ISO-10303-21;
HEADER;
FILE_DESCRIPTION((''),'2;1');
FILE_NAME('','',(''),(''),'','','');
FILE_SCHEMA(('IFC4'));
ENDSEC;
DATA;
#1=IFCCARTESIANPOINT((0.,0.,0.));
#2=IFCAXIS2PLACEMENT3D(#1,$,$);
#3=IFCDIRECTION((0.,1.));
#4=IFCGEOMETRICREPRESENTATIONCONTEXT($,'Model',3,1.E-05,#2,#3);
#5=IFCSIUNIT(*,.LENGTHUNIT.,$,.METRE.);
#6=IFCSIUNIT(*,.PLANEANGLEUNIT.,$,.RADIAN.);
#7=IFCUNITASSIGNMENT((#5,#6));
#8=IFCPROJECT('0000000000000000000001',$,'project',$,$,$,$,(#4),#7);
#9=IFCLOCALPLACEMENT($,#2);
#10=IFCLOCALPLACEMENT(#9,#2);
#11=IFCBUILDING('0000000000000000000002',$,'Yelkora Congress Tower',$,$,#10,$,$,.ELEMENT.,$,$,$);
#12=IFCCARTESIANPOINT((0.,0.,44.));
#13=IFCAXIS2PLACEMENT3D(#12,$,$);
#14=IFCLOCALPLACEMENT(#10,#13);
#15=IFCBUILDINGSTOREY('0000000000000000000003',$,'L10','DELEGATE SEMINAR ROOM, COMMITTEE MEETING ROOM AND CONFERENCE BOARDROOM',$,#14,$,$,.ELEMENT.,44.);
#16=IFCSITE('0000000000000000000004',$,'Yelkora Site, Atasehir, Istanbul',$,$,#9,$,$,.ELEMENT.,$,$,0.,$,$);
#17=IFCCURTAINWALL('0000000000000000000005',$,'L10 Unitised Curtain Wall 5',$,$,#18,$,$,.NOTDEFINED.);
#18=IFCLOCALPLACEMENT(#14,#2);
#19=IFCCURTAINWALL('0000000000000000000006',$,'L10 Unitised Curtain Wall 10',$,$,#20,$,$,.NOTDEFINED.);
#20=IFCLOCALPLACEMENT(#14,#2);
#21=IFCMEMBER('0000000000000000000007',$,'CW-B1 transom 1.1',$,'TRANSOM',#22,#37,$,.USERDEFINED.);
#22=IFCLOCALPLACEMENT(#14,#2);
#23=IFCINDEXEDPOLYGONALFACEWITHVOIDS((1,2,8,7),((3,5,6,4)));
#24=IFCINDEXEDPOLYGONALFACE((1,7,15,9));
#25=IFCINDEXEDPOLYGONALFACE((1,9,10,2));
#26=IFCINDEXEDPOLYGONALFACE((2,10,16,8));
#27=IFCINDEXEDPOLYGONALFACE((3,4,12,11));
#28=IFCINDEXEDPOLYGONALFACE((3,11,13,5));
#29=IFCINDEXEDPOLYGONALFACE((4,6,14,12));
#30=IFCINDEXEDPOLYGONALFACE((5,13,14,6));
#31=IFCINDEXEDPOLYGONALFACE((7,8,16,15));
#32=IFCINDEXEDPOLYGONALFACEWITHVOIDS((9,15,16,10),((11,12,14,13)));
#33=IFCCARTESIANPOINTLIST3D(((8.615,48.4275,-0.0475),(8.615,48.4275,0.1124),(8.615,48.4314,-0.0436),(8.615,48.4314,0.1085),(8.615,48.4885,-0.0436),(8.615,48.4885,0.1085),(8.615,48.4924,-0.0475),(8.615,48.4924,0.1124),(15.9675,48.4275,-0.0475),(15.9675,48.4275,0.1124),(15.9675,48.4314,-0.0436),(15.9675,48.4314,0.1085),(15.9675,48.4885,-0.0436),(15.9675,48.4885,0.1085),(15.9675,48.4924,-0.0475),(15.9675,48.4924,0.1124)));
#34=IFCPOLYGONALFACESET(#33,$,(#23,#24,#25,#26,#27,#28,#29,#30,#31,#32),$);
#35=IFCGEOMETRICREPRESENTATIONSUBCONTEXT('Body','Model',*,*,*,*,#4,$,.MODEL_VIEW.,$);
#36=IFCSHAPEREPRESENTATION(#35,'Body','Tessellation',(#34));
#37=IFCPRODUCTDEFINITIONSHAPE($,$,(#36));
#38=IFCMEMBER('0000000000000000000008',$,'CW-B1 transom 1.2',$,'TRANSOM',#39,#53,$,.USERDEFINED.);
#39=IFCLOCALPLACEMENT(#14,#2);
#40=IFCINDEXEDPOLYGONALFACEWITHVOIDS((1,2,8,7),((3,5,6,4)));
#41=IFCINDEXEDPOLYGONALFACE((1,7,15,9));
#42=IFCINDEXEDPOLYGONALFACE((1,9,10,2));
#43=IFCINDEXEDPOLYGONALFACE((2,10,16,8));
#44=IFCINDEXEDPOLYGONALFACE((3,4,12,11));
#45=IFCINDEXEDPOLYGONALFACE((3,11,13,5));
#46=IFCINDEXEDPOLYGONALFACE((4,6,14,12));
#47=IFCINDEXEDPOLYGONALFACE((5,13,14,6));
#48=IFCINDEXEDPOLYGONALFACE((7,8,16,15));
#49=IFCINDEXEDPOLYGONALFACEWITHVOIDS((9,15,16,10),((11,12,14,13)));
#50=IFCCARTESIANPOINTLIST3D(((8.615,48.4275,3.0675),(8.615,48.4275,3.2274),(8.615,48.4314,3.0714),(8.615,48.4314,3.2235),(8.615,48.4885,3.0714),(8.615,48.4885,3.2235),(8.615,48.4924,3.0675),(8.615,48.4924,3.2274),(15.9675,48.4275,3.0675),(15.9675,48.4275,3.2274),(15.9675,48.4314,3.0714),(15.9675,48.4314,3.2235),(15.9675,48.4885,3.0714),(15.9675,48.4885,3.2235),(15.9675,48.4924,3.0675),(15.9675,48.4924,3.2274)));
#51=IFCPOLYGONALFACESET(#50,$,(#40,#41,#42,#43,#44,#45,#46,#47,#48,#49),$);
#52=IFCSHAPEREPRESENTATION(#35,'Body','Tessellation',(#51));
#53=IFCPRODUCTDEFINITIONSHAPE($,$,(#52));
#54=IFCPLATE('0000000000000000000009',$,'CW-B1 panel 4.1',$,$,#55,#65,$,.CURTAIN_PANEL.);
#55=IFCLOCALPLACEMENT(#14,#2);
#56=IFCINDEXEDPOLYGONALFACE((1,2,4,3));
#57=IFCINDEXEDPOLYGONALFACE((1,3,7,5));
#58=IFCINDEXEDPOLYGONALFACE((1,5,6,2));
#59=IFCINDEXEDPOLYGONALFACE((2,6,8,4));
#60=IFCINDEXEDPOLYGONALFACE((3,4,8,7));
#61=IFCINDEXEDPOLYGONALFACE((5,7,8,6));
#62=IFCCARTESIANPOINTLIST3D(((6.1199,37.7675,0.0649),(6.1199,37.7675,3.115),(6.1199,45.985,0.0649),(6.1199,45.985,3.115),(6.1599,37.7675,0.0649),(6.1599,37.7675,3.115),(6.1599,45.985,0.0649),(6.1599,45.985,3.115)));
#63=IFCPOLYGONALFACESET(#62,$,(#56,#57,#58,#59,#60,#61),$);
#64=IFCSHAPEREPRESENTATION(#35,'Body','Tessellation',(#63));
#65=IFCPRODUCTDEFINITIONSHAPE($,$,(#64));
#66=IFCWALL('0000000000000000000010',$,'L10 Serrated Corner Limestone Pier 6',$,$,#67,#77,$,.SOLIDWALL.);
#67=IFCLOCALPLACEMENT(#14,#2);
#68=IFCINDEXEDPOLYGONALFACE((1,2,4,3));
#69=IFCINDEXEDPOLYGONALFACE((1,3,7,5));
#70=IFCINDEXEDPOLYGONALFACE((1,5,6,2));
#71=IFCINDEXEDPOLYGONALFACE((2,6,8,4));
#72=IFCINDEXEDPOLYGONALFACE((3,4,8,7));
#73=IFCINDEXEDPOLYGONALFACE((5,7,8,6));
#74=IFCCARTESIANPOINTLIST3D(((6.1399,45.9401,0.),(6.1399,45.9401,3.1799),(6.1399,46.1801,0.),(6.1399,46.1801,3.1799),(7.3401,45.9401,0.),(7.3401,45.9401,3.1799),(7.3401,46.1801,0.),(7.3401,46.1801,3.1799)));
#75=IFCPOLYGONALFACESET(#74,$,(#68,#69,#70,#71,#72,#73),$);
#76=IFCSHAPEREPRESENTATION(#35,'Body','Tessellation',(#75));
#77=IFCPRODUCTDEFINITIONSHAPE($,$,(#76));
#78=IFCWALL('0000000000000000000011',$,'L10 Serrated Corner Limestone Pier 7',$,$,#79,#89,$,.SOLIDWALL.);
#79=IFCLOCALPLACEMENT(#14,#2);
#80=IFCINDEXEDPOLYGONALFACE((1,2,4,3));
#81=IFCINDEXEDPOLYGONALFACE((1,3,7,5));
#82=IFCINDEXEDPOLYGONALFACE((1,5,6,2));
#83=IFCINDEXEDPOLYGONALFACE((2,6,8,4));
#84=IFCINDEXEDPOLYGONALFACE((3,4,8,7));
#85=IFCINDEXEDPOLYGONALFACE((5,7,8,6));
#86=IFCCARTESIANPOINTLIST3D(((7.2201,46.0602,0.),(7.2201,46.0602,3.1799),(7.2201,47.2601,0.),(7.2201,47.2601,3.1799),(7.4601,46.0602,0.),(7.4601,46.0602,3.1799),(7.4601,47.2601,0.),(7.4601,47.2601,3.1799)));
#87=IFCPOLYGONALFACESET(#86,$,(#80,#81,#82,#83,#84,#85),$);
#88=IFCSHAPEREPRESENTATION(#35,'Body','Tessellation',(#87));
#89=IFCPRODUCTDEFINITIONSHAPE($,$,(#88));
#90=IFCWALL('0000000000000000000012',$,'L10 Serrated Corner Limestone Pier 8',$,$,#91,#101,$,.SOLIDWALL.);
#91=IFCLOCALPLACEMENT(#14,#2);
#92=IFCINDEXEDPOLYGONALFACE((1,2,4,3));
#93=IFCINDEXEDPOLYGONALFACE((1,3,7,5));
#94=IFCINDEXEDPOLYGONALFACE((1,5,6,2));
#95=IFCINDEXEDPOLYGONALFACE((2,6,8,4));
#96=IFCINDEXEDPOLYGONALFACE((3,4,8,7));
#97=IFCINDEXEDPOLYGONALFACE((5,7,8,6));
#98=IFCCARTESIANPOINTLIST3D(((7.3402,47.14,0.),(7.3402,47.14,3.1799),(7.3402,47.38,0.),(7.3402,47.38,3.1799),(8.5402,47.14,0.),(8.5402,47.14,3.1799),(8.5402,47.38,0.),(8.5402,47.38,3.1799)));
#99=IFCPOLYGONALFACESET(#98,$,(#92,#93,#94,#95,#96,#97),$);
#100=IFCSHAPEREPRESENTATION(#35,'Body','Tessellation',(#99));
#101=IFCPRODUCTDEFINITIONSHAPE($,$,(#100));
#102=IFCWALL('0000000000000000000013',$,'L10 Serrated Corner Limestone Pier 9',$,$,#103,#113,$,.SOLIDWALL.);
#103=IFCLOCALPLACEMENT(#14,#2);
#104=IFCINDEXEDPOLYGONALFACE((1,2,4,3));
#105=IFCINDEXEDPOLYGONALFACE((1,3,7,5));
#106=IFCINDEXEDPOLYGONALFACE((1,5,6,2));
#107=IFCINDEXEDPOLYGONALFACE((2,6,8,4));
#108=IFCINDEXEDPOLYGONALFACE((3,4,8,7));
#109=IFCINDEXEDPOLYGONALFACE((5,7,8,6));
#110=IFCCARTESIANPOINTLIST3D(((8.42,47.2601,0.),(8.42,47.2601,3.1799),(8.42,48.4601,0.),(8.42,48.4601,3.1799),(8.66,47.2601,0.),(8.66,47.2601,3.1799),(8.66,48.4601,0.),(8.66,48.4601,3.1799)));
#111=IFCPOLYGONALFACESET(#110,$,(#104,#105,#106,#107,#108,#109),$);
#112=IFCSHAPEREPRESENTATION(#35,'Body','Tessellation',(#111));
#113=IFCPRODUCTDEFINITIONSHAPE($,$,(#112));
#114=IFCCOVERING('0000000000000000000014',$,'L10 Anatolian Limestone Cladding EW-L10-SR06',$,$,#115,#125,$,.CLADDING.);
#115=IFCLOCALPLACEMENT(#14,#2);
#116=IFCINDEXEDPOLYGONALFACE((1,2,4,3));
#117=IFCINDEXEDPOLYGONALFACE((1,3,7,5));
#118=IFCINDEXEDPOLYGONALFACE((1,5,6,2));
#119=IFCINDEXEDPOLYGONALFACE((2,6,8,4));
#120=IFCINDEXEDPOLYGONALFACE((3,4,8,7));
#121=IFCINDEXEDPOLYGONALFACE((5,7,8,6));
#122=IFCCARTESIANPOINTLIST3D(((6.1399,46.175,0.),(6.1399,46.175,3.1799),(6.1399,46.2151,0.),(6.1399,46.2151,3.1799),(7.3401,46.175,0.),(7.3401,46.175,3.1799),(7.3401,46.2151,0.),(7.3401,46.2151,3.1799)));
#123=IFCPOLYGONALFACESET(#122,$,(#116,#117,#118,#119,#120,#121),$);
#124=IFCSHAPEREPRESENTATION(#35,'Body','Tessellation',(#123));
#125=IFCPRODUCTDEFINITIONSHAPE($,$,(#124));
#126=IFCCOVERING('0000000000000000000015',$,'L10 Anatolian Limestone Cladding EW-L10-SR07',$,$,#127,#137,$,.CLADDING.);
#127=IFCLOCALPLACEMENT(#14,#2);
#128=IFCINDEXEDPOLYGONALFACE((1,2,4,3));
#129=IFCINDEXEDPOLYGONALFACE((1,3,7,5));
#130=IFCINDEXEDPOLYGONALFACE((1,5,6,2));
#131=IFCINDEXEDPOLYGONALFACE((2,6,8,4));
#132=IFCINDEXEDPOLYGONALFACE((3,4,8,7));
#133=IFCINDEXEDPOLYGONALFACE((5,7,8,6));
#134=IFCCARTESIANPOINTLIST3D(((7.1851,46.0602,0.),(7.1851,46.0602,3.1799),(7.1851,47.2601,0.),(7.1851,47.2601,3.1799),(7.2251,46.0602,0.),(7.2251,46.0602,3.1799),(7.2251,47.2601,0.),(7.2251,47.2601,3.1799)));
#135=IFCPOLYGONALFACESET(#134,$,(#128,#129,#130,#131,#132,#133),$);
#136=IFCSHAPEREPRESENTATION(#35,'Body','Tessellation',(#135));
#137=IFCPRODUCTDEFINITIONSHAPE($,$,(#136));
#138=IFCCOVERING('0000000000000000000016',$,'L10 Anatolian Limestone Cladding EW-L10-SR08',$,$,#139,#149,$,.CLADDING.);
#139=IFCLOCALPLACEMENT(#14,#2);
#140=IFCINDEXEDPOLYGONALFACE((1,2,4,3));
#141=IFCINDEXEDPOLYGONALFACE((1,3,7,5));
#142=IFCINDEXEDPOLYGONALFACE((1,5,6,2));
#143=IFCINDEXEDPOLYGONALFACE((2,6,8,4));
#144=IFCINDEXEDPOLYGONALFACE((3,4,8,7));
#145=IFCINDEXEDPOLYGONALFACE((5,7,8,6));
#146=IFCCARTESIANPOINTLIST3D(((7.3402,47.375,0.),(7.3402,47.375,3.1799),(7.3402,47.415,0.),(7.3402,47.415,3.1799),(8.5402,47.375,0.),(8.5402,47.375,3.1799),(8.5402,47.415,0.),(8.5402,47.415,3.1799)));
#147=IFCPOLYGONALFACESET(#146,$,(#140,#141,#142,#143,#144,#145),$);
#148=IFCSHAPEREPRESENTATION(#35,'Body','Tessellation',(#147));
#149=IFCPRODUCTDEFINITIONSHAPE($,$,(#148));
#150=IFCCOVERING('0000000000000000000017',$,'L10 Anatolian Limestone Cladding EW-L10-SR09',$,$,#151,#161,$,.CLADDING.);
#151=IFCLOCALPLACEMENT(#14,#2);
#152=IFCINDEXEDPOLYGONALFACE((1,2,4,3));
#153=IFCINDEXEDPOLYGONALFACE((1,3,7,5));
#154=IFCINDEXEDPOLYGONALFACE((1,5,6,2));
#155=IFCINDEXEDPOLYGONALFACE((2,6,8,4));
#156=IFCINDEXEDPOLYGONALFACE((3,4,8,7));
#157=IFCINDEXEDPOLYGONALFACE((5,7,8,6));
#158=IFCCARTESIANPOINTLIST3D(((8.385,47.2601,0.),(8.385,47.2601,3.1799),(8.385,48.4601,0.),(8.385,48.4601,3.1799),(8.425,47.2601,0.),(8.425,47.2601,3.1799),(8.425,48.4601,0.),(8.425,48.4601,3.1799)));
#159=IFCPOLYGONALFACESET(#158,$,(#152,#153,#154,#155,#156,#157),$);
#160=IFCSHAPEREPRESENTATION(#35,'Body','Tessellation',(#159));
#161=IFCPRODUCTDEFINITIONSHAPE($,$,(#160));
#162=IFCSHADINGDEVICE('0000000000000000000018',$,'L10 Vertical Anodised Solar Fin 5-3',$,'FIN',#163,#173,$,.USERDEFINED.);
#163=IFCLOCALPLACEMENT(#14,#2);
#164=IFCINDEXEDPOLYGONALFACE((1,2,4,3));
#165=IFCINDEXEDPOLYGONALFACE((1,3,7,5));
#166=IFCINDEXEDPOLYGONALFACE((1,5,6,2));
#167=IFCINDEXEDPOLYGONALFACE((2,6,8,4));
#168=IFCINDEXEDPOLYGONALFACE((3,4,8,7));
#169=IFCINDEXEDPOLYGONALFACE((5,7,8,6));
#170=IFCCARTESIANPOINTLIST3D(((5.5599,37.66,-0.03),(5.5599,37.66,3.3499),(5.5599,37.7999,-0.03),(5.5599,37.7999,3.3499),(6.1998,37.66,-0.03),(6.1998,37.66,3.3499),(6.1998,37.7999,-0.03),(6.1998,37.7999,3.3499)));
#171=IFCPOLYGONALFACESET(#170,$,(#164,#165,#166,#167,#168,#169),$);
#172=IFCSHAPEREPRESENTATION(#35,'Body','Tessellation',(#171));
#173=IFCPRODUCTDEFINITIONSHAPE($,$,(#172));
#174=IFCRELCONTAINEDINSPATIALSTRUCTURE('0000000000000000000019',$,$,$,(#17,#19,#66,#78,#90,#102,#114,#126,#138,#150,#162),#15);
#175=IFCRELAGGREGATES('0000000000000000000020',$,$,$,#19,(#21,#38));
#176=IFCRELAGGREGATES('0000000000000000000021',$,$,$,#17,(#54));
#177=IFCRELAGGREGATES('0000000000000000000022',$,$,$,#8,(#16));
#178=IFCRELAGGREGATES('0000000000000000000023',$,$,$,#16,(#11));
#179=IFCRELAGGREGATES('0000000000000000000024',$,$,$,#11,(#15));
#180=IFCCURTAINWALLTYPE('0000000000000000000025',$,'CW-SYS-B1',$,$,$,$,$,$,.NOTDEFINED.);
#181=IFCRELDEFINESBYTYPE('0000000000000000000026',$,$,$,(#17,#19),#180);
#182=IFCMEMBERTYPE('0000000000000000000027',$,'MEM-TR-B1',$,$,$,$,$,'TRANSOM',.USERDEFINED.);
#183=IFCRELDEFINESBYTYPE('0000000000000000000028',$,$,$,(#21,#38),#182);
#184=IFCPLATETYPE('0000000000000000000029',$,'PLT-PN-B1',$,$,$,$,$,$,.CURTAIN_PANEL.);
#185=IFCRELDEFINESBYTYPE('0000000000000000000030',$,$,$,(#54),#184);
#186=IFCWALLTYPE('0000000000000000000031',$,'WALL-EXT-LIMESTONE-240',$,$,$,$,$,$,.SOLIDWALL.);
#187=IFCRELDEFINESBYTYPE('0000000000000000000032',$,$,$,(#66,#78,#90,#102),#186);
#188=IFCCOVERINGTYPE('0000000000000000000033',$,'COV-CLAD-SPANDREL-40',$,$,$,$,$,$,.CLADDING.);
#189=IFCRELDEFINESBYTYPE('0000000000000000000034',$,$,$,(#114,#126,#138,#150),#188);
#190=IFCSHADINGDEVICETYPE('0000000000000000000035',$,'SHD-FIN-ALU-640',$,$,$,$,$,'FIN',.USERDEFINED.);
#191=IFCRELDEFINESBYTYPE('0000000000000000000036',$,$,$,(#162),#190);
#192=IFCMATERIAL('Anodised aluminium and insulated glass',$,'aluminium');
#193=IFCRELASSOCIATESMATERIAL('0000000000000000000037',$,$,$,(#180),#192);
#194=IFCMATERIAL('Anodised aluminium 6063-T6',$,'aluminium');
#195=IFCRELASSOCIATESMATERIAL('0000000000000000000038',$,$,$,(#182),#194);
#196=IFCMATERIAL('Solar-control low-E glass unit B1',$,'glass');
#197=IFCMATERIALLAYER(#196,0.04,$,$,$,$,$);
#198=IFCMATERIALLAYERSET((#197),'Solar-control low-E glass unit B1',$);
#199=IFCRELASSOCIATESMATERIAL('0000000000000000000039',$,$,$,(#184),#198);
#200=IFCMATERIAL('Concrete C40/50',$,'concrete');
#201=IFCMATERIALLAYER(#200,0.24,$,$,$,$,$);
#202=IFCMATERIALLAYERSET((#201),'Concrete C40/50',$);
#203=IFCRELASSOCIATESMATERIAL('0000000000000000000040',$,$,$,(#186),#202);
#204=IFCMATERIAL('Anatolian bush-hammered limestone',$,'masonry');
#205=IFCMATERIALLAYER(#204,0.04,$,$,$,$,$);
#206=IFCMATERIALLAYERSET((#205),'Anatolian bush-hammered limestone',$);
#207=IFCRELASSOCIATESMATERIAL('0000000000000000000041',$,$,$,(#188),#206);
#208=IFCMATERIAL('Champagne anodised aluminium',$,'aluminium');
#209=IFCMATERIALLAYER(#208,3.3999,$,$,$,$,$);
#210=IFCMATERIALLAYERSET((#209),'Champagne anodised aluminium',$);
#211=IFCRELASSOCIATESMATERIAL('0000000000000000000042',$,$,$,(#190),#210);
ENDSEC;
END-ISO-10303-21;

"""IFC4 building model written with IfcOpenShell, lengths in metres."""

from ifc_helpers import new_model, si_unit, direction, frame, frame_2d, origin, origin_2d, place, context, subcontext, project, spatial, rectangle, hollow_rectangle, extrude, material, layer, layer_set, material_profile, profile_set, type_object, element, aggregate, save


model = new_model("IFC4")

# Units and contexts
model_context = context("Model", 3, precision=1e-05, world=origin(), true_north=direction((0.0, 1.0)))
body_context = subcontext(model_context, "Body", "Model", "MODEL_VIEW")
ifc_project = project(units=[si_unit("LENGTHUNIT", "METRE"), si_unit("PLANEANGLEUNIT", "RADIAN")], contexts=[model_context])

# Site, building, storey
site_placement = place(None, origin())
site = spatial("IfcSite", under=ifc_project, at=site_placement, Name="Yelkora Site, Atasehir, Istanbul", CompositionType="ELEMENT", RefElevation=0.0)
building_placement = place(site_placement, origin())
building = spatial("IfcBuilding", under=site, at=building_placement, Name="Yelkora Congress Tower", CompositionType="ELEMENT")
storey_placement = place(building_placement, frame((0.0, 0.0, 44.0)))
storey = spatial("IfcBuildingStorey", under=building, at=storey_placement, Name="L10", Description="DELEGATE SEMINAR ROOM, COMMITTEE MEETING ROOM AND CONFERENCE BOARDROOM", CompositionType="ELEMENT", Elevation=44.0)

# Curtain wall
ifc_material_1 = material(Name="Anodised aluminium and insulated glass", Category="aluminium")
curtain_wall_type = type_object("IfcCurtainWallType", Name="CW-SYS-B1", PredefinedType="NOTDEFINED", material=ifc_material_1)
curtain_wall_1_placement = place(storey_placement, origin())
curtain_wall_1 = element("IfcCurtainWall", 1, at=curtain_wall_1_placement, inside=storey, type_object=curtain_wall_type, Name="L10 Unitised Curtain Wall 5", PredefinedType="NOTDEFINED")
ifc_material_2 = material(Name="Anodised aluminium 6063-T6", Category="aluminium")

# Curtain wall
curtain_wall_2_placement = place(storey_placement, origin())
curtain_wall_2 = element("IfcCurtainWall", 2, at=curtain_wall_2_placement, inside=storey, type_object=curtain_wall_type, Name="L10 Unitised Curtain Wall 10", PredefinedType="NOTDEFINED")

# Members
ifc_material_profile_1 = material_profile(ifc_material_2, hollow_rectangle(XDim=0.0649, YDim=0.1599, WallThickness=0.0039, at=origin_2d()), Name="ALU 65x160x4")
ifc_profile_set_1 = profile_set([ifc_material_profile_1], Name="Anodised aluminium 6063-T6")
member_type_1 = type_object("IfcMemberType", Name="MEM-TR-B1", ElementType="TRANSOM", PredefinedType="USERDEFINED", material=ifc_profile_set_1)
member_1_placement = place(storey_placement, frame((8.615, 48.46, 0.0325), z_axis=(1.0, 0.0, 0.0), x_axis=(0.0, 1.0, 0.0)))
member_1 = element("IfcMember", 3, at=member_1_placement, type_object=member_type_1, Name="CW-B1 transom 1.1", ObjectType="TRANSOM", PredefinedType="USERDEFINED", context=body_context, shape_type="SweptSolid", body=[
    extrude(hollow_rectangle(XDim=0.0649, YDim=0.1599, WallThickness=0.0039, at=origin_2d()), origin(), (0.0, 0.0, 1.0), 7.3525),
])
member_2_placement = place(storey_placement, frame((8.615, 48.46, 3.1475), z_axis=(1.0, 0.0, 0.0), x_axis=(0.0, 1.0, 0.0)))
member_2 = element("IfcMember", 4, at=member_2_placement, type_object=member_type_1, Name="CW-B1 transom 1.2", ObjectType="TRANSOM", PredefinedType="USERDEFINED", context=body_context, shape_type="SweptSolid", body=[
    extrude(hollow_rectangle(XDim=0.0649, YDim=0.1599, WallThickness=0.0039, at=origin_2d()), origin(), (0.0, 0.0, 1.0), 7.3525),
])
aggregate(curtain_wall_2, [member_1, member_2])

# Plate
ifc_material_3 = material(Name="Solar-control low-E glass unit B1", Category="glass")
ifc_layer_1 = layer(ifc_material_3, 0.04)
ifc_layer_set_1 = layer_set([ifc_layer_1], Name="Solar-control low-E glass unit B1")
plate_type = type_object("IfcPlateType", Name="PLT-PN-B1", PredefinedType="CURTAIN_PANEL", material=ifc_layer_set_1)
plate_placement = place(storey_placement, frame((6.1399, 41.8762, 0.0649), z_axis=(0.0, 0.0, 1.0), x_axis=(0.0, 1.0, 0.0)))
plate = element("IfcPlate", 5, at=plate_placement, type_object=plate_type, Name="CW-B1 panel 4.1", PredefinedType="CURTAIN_PANEL", context=body_context, shape_type="SweptSolid", body=[
    extrude(rectangle(XDim=8.2175, YDim=0.04, at=origin_2d()), origin(), (0.0, 0.0, 1.0), 3.05),
])
aggregate(curtain_wall_1, [plate])

# Walls
ifc_material_4 = material(Name="Concrete C40/50", Category="concrete")
ifc_layer_2 = layer(ifc_material_4, 0.24)
ifc_layer_set_2 = layer_set([ifc_layer_2], Name="Concrete C40/50")
wall_type = type_object("IfcWallType", Name="WALL-EXT-LIMESTONE-240", PredefinedType="SOLIDWALL", material=ifc_layer_set_2)
wall_placement = place(storey_placement, frame((6.1399, 46.0601, 0.0), z_axis=(0.0, 0.0, 1.0), x_axis=(1.0, 0.0, 0.0)))
element("IfcWall", 6, at=wall_placement, inside=storey, type_object=wall_type, Name="L10 Serrated Corner Limestone Pier 6", PredefinedType="SOLIDWALL", context=body_context, shape_type="SweptSolid", body=[
    extrude(rectangle(XDim=1.2002, YDim=0.24, at=frame_2d((0.6001, 0.0))), origin(), (0.0, 0.0, 1.0), 3.1799),
])
for number, where, z_axis, x_axis, name in (
    (7, (7.3401, 46.0601, 0.0), (0.0, 0.0, 1.0), (0.0, 1.0, 0.0), "L10 Serrated Corner Limestone Pier 7"),
    (8, (7.3401, 47.26, 0.0), (0.0, 0.0, 1.0), (1.0, 0.0, 0.0), "L10 Serrated Corner Limestone Pier 8"),
    (9, (8.54, 47.26, 0.0), (0.0, 0.0, 1.0), (0.0, 1.0, 0.0), "L10 Serrated Corner Limestone Pier 9"),
):
    element("IfcWall", number, at=place(storey_placement, frame(where, z_axis=z_axis, x_axis=x_axis)), inside=storey, type_object=wall_type, Name=name, PredefinedType="SOLIDWALL", context=body_context, shape_type="SweptSolid", body=[
        extrude(rectangle(XDim=1.2, YDim=0.24, at=frame_2d((0.6001, 0.0))), origin(), (0.0, 0.0, 1.0), 3.1799),
    ])

# Coverings
ifc_material_5 = material(Name="Anatolian bush-hammered limestone", Category="masonry")
ifc_layer_3 = layer(ifc_material_5, 0.04)
ifc_layer_set_3 = layer_set([ifc_layer_3], Name="Anatolian bush-hammered limestone")
covering_type = type_object("IfcCoveringType", Name="COV-CLAD-SPANDREL-40", PredefinedType="CLADDING", material=ifc_layer_set_3)
covering_placement = place(storey_placement, frame((6.1399, 46.1951, 0.0), z_axis=(0.0, 0.0, 1.0), x_axis=(1.0, 0.0, 0.0)))
element("IfcCovering", 10, at=covering_placement, inside=storey, type_object=covering_type, Name="L10 Anatolian Limestone Cladding EW-L10-SR06", PredefinedType="CLADDING", context=body_context, shape_type="SweptSolid", body=[
    extrude(rectangle(XDim=1.2002, YDim=0.04, at=frame_2d((0.6001, 0.0))), origin(), (0.0, 0.0, 1.0), 3.1799),
])
for number, where, z_axis, x_axis, name in (
    (11, (7.2051, 46.0601, 0.0), (0.0, 0.0, 1.0), (0.0, 1.0, 0.0), "L10 Anatolian Limestone Cladding EW-L10-SR07"),
    (12, (7.3401, 47.395, 0.0), (0.0, 0.0, 1.0), (1.0, 0.0, 0.0), "L10 Anatolian Limestone Cladding EW-L10-SR08"),
    (13, (8.405, 47.26, 0.0), (0.0, 0.0, 1.0), (0.0, 1.0, 0.0), "L10 Anatolian Limestone Cladding EW-L10-SR09"),
):
    element("IfcCovering", number, at=place(storey_placement, frame(where, z_axis=z_axis, x_axis=x_axis)), inside=storey, type_object=covering_type, Name=name, PredefinedType="CLADDING", context=body_context, shape_type="SweptSolid", body=[
        extrude(rectangle(XDim=1.2, YDim=0.04, at=frame_2d((0.6001, 0.0))), origin(), (0.0, 0.0, 1.0), 3.1799),
    ])

# Shading device
ifc_material_6 = material(Name="Champagne anodised aluminium", Category="aluminium")
ifc_layer_4 = layer(ifc_material_6, 3.3999)
ifc_layer_set_4 = layer_set([ifc_layer_4], Name="Champagne anodised aluminium")
shading_device_type = type_object("IfcShadingDeviceType", Name="SHD-FIN-ALU-640", ElementType="FIN", PredefinedType="USERDEFINED", material=ifc_layer_set_4)
shading_device_placement = place(storey_placement, frame((5.8799, 37.73, -0.03), z_axis=(0.0, 0.0, 1.0), x_axis=(0.0, 1.0, 0.0)))
element("IfcShadingDevice", 14, at=shading_device_placement, inside=storey, type_object=shading_device_type, Name="L10 Vertical Anodised Solar Fin 5-3", ObjectType="FIN", PredefinedType="USERDEFINED", context=body_context, shape_type="SweptSolid", body=[
    extrude(rectangle(XDim=0.1399, YDim=0.6399, at=origin_2d()), origin(), (0.0, 0.0, 1.0), 3.3799),
])

save(model, "model.ifc")
